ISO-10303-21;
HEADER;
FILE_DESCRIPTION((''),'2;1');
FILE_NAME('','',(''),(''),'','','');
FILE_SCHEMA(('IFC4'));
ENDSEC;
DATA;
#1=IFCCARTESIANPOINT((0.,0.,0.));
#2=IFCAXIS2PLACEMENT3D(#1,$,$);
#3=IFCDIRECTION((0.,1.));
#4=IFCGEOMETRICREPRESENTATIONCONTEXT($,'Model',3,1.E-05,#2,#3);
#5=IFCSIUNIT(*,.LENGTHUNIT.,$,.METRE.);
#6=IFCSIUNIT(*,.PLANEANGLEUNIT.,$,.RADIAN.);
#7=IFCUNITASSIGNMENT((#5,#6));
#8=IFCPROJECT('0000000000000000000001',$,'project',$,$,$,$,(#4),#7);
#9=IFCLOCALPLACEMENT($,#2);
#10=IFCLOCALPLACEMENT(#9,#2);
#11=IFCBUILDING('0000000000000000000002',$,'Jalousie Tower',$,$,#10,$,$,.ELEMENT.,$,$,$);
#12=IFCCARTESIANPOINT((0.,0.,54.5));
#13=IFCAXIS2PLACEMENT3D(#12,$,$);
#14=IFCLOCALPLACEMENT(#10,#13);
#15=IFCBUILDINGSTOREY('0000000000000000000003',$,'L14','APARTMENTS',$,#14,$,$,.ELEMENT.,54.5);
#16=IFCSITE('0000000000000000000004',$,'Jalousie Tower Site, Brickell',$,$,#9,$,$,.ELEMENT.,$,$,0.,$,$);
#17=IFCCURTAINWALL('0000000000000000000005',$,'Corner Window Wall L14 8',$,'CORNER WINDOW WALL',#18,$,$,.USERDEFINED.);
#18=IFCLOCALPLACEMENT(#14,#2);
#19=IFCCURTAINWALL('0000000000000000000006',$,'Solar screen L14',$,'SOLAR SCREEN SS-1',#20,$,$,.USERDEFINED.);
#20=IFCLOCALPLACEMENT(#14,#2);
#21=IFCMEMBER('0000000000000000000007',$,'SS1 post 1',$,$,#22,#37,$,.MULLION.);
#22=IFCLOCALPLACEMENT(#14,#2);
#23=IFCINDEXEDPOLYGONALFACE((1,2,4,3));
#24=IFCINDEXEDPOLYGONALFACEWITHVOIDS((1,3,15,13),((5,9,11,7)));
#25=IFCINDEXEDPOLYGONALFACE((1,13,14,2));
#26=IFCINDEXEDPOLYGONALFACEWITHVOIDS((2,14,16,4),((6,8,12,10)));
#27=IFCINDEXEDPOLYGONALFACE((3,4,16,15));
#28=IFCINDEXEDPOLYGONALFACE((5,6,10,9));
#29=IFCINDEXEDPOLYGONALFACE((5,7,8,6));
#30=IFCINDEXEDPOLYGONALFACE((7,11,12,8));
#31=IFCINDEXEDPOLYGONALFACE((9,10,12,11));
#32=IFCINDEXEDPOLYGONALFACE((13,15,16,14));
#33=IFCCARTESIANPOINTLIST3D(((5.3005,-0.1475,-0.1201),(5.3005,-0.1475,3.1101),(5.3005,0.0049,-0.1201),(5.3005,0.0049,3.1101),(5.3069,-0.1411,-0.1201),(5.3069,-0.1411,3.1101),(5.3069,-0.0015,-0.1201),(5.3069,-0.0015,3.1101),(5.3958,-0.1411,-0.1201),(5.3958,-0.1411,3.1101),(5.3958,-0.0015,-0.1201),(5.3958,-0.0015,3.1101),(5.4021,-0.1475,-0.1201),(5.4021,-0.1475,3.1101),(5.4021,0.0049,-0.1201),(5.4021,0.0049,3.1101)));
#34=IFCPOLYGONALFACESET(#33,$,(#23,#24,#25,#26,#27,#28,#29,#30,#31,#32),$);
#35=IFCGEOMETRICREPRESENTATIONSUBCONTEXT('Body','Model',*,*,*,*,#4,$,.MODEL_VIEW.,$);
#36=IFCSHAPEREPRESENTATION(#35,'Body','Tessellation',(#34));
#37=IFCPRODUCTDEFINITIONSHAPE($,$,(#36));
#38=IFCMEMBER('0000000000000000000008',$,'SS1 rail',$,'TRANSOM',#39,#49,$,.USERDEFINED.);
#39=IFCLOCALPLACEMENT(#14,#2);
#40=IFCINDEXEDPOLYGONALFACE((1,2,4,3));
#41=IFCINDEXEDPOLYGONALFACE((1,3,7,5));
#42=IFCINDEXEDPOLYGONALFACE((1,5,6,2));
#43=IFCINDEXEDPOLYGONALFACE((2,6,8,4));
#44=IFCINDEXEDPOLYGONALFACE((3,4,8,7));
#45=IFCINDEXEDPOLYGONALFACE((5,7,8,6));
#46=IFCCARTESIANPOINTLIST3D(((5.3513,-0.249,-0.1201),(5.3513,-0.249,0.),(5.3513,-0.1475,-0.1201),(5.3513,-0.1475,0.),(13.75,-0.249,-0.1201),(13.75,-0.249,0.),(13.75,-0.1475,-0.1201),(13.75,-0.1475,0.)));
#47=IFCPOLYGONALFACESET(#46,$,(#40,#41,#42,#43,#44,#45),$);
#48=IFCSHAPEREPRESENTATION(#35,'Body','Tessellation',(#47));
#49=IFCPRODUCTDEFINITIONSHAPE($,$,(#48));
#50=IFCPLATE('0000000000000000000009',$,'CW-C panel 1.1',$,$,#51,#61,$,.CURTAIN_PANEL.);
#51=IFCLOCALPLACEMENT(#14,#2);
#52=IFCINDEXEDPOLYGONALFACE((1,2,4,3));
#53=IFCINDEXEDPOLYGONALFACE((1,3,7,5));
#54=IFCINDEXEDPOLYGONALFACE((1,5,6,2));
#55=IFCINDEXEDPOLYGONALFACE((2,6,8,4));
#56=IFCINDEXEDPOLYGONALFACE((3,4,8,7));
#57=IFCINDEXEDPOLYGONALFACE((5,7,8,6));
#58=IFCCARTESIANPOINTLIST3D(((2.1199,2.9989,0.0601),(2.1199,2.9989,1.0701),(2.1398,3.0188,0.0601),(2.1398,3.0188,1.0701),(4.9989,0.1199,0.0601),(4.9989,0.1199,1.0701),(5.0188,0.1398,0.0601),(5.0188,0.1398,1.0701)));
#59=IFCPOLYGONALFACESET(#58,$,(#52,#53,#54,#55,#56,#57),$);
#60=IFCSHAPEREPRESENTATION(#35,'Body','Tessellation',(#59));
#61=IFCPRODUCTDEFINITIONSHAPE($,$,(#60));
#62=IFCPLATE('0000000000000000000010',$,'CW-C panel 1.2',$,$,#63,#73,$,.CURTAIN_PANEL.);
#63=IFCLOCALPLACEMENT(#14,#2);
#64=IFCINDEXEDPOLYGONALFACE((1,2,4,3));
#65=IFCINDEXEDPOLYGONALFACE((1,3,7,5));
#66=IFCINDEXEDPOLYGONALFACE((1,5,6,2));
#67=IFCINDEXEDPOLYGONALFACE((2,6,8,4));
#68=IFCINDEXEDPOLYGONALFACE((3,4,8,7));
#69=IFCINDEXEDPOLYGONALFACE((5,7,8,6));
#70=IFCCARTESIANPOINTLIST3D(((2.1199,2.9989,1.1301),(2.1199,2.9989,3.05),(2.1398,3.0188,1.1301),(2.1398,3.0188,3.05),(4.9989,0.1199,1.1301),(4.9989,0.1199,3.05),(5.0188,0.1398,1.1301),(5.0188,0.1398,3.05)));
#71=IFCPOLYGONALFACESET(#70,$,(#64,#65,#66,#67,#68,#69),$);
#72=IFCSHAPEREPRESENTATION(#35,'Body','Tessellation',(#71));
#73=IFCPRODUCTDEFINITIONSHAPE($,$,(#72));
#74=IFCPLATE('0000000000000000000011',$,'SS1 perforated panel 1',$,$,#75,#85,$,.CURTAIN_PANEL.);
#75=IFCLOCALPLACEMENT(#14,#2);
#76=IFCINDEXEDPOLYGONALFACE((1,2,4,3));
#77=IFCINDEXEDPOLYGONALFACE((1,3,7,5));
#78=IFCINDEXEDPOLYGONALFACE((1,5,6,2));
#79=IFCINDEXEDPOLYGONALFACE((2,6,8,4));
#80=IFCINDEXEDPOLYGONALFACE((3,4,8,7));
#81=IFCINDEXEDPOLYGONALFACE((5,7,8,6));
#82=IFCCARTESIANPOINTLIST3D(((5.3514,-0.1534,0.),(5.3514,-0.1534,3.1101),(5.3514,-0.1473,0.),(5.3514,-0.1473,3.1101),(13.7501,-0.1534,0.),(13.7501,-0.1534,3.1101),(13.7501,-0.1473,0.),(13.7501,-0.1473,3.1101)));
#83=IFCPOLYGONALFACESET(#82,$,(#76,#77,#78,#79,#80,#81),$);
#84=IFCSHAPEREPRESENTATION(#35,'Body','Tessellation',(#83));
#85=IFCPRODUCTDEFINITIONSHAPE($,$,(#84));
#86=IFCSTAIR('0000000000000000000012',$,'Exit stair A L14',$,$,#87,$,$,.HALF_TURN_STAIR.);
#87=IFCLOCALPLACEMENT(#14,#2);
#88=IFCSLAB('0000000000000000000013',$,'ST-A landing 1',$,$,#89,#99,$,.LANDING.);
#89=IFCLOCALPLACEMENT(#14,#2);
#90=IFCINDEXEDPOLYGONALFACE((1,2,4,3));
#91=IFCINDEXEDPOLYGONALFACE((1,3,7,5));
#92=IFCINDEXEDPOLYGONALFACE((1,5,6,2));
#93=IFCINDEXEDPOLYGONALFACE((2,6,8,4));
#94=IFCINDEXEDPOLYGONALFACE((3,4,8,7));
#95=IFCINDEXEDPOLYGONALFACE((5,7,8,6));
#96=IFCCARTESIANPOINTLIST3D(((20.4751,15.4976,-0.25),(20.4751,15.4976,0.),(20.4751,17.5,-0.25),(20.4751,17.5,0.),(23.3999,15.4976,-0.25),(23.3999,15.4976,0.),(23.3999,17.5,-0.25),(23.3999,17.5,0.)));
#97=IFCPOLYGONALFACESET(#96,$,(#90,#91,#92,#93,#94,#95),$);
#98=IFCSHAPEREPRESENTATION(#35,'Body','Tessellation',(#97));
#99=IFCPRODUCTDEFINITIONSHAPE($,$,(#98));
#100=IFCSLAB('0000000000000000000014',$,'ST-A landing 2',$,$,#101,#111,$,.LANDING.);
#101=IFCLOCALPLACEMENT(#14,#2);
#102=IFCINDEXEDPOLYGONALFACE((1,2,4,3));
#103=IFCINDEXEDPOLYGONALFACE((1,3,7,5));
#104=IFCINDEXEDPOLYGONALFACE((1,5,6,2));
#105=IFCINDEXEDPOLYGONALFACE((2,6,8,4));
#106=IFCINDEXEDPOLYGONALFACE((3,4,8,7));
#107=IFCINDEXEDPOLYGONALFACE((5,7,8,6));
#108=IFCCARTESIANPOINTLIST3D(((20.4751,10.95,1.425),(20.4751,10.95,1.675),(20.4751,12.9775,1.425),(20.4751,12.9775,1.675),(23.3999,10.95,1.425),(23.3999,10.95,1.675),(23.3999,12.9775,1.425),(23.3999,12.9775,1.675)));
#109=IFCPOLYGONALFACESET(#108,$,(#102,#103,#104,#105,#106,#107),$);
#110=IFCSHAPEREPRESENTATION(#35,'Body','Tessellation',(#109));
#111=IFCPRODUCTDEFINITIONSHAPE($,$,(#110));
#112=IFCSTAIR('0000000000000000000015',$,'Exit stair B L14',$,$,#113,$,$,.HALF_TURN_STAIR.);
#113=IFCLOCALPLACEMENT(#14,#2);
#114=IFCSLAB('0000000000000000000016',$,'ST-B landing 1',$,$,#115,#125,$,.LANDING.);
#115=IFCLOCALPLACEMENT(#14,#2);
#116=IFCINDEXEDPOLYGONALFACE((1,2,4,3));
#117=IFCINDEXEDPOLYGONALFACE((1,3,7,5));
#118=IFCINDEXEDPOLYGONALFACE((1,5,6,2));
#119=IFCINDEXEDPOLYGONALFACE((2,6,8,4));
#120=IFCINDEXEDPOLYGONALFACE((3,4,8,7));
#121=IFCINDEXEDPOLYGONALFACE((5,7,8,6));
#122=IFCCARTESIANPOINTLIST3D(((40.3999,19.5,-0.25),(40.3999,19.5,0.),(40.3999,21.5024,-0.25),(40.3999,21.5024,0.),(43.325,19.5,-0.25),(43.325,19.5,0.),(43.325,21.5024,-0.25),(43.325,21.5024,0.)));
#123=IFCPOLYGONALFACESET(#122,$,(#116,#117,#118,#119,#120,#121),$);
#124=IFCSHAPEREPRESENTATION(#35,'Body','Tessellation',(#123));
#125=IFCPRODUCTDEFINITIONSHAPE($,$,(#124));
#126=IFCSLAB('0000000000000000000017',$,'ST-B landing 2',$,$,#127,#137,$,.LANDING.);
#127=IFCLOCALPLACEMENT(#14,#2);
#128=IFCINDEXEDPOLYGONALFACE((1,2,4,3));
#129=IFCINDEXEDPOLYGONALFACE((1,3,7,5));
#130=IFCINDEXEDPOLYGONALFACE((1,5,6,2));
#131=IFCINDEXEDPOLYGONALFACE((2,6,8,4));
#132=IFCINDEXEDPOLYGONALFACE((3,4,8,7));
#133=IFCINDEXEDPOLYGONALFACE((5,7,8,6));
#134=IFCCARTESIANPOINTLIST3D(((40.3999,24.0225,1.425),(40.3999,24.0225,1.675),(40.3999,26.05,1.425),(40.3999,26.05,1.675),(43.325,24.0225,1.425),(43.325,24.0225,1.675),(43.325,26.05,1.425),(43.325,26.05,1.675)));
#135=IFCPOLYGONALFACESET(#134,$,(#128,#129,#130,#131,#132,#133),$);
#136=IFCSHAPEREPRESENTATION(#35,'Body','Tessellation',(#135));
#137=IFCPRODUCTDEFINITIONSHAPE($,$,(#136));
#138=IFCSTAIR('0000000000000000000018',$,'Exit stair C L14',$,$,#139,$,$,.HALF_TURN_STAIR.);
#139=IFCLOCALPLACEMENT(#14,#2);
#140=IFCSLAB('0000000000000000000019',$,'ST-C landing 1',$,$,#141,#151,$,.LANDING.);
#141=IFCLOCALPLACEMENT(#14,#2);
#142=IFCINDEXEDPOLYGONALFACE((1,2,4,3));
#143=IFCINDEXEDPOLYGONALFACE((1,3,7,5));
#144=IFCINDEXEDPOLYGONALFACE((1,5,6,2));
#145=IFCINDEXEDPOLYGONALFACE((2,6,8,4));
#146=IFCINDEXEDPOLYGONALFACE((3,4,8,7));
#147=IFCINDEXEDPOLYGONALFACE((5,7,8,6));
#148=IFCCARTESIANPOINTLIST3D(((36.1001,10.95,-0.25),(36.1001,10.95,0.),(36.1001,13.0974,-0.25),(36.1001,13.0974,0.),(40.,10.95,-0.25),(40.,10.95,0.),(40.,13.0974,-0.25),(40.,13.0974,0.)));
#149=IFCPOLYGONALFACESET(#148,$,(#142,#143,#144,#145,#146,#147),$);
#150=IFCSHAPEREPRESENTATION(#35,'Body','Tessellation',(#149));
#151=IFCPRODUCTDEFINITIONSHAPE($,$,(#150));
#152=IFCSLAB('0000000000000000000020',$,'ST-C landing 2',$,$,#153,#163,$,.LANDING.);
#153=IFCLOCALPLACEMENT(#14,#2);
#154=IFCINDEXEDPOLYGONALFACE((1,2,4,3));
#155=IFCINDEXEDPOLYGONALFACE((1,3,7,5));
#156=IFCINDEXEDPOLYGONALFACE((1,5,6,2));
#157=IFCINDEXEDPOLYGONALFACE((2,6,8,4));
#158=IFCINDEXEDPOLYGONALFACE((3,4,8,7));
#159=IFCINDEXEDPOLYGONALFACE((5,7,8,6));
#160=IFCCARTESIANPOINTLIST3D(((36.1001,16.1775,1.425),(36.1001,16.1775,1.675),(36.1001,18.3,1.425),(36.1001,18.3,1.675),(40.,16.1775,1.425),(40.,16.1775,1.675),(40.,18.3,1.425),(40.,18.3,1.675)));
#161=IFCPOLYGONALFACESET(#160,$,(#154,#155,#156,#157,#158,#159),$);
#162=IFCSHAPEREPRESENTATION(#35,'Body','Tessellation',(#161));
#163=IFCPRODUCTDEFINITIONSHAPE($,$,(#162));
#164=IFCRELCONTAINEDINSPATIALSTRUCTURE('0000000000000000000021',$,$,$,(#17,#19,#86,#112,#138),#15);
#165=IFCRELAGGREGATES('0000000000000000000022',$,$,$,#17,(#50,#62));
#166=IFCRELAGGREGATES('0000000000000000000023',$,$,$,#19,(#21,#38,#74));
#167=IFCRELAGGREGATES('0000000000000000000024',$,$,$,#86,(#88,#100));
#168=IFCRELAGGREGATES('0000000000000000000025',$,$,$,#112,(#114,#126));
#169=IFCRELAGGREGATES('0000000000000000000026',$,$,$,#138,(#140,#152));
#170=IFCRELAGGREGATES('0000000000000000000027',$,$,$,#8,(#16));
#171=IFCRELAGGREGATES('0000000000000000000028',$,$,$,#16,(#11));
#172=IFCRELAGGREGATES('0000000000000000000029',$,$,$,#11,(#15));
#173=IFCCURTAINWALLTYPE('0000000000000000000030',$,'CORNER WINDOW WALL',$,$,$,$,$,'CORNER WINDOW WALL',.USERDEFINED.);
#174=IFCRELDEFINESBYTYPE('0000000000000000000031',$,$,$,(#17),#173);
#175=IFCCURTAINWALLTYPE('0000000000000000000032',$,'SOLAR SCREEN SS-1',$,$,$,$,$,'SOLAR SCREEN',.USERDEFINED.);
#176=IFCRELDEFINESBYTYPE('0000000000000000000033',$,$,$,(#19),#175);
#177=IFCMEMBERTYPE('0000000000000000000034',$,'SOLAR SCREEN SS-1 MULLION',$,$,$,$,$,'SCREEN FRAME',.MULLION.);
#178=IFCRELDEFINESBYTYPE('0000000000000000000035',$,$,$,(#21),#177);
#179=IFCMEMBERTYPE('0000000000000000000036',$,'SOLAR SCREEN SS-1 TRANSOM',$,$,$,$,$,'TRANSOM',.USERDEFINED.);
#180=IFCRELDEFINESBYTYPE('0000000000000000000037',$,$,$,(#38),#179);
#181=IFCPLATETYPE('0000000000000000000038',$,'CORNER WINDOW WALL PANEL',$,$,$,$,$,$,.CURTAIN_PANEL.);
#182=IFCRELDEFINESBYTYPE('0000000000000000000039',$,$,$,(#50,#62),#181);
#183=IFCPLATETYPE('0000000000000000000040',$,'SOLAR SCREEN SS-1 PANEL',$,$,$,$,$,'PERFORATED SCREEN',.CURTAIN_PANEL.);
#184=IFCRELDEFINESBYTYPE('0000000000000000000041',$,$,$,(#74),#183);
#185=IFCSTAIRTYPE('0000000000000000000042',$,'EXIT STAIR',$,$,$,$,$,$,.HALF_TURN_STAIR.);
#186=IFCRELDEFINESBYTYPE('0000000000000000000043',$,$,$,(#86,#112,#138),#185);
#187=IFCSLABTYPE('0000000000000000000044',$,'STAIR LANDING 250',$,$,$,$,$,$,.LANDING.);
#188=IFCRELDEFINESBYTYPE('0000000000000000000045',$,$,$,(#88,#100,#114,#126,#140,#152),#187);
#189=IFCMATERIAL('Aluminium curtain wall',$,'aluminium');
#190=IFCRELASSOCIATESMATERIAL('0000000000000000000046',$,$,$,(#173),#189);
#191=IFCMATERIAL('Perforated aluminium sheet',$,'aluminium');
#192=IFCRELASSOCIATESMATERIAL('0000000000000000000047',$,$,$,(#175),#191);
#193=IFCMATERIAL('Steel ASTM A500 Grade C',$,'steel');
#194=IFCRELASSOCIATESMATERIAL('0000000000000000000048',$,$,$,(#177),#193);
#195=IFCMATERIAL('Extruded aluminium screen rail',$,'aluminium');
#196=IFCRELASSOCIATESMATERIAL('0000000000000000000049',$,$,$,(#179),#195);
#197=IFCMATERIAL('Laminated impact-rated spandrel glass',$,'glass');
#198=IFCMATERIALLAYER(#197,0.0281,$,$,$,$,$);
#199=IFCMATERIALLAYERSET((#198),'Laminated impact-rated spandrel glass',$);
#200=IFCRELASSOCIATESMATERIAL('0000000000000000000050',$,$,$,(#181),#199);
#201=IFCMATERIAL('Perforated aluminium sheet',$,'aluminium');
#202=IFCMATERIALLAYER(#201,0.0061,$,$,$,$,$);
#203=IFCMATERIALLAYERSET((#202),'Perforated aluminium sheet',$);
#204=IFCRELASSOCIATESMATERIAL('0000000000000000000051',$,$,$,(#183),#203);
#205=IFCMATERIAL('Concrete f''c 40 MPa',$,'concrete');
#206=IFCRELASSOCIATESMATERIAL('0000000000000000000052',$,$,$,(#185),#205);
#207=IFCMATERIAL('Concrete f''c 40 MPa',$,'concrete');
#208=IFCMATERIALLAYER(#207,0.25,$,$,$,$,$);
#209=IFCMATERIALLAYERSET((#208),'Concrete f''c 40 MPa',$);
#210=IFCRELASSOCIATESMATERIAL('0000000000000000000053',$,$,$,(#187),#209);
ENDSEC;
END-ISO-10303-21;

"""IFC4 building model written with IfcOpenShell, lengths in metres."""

from ifc_helpers import new_model, si_unit, direction, frame, origin, origin_2d, place, context, subcontext, project, spatial, polyline, rectangle, hollow_rectangle, outline, extrude, material, layer, layer_set, material_profile, profile_set, type_object, element, aggregate, save


model = new_model("IFC4")

# Units and contexts
model_context = context("Model", 3, precision=1e-05, world=origin(), true_north=direction((0.0, 1.0)))
body_context = subcontext(model_context, "Body", "Model", "MODEL_VIEW")
ifc_project = project(units=[si_unit("LENGTHUNIT", "METRE"), si_unit("PLANEANGLEUNIT", "RADIAN")], contexts=[model_context])

# Site, building, storey
site_placement = place(None, origin())
site = spatial("IfcSite", under=ifc_project, at=site_placement, Name="Jalousie Tower Site, Brickell", CompositionType="ELEMENT", RefElevation=0.0)
building_placement = place(site_placement, origin())
building = spatial("IfcBuilding", under=site, at=building_placement, Name="Jalousie Tower", CompositionType="ELEMENT")
storey_placement = place(building_placement, frame((0.0, 0.0, 54.5)))
storey = spatial("IfcBuildingStorey", under=building, at=storey_placement, Name="L14", Description="APARTMENTS", CompositionType="ELEMENT", Elevation=54.5)

# Curtain wall
ifc_material_1 = material(Name="Aluminium curtain wall", Category="aluminium")
curtain_wall_type_1 = type_object("IfcCurtainWallType", Name="CORNER WINDOW WALL", ElementType="CORNER WINDOW WALL", PredefinedType="USERDEFINED", material=ifc_material_1)
curtain_wall_1_placement = place(storey_placement, origin())
curtain_wall_1 = element("IfcCurtainWall", 1, at=curtain_wall_1_placement, inside=storey, type_object=curtain_wall_type_1, Name="Corner Window Wall L14 8", ObjectType="CORNER WINDOW WALL", PredefinedType="USERDEFINED")

# Curtain wall, members
ifc_material_2 = material(Name="Perforated aluminium sheet", Category="aluminium")
curtain_wall_type_2 = type_object("IfcCurtainWallType", Name="SOLAR SCREEN SS-1", ElementType="SOLAR SCREEN", PredefinedType="USERDEFINED", material=ifc_material_2)
curtain_wall_2_placement = place(storey_placement, origin())
curtain_wall_2 = element("IfcCurtainWall", 2, at=curtain_wall_2_placement, inside=storey, type_object=curtain_wall_type_2, Name="Solar screen L14", ObjectType="SOLAR SCREEN SS-1", PredefinedType="USERDEFINED")
ifc_material_3 = material(Name="Steel ASTM A500 Grade C", Category="steel")
ifc_material_profile_1 = material_profile(ifc_material_3, hollow_rectangle(XDim=0.1016, YDim=0.1523, WallThickness=0.0063, at=origin_2d()), Name="HSS6X4X1/4")
ifc_profile_set_1 = profile_set([ifc_material_profile_1], Name="Steel ASTM A500 Grade C")
member_type_1 = type_object("IfcMemberType", Name="SOLAR SCREEN SS-1 MULLION", ElementType="SCREEN FRAME", PredefinedType="MULLION", material=ifc_profile_set_1)
member_1_placement = place(storey_placement, frame((5.3513, -0.0713, -0.1201), z_axis=(0.0, 0.0, 1.0), x_axis=(1.0, 0.0, 0.0)))
member_1 = element("IfcMember", 3, at=member_1_placement, type_object=member_type_1, Name="SS1 post 1", PredefinedType="MULLION", context=body_context, shape_type="SweptSolid", body=[
    extrude(hollow_rectangle(XDim=0.1016, YDim=0.1523, WallThickness=0.0063, at=origin_2d()), origin(), (0.0, 0.0, 1.0), 3.2302),
])
ifc_material_4 = material(Name="Extruded aluminium screen rail", Category="aluminium")
ifc_material_profile_2 = material_profile(ifc_material_4, rectangle(XDim=0.1016, YDim=0.1201, at=origin_2d()), Name="RAIL 102x120")
ifc_profile_set_2 = profile_set([ifc_material_profile_2], Name="Extruded aluminium screen rail")
member_type_2 = type_object("IfcMemberType", Name="SOLAR SCREEN SS-1 TRANSOM", ElementType="TRANSOM", PredefinedType="USERDEFINED", material=ifc_profile_set_2)
member_2_placement = place(storey_placement, frame((5.3513, -0.1982, -0.0601), z_axis=(1.0, 0.0, 0.0), x_axis=(0.0, 1.0, 0.0)))
member_2 = element("IfcMember", 4, at=member_2_placement, type_object=member_type_2, Name="SS1 rail", ObjectType="TRANSOM", PredefinedType="USERDEFINED", context=body_context, shape_type="SweptSolid", body=[
    extrude(rectangle(XDim=0.1016, YDim=0.1201, at=origin_2d()), origin(), (0.0, 0.0, 1.0), 8.3987),
])

# Plates
ifc_material_5 = material(Name="Laminated impact-rated spandrel glass", Category="glass")
ifc_layer_1 = layer(ifc_material_5, 0.0281)
ifc_layer_set_1 = layer_set([ifc_layer_1], Name="Laminated impact-rated spandrel glass")
plate_type_1 = type_object("IfcPlateType", Name="CORNER WINDOW WALL PANEL", PredefinedType="CURTAIN_PANEL", material=ifc_layer_set_1)
plate_1_placement = place(storey_placement, frame((3.5693, 1.5693, 0.0601), z_axis=(0.0, 0.0, 1.0), x_axis=(0.707107, -0.707107, 0.0)))
plate_1 = element("IfcPlate", 5, at=plate_1_placement, type_object=plate_type_1, Name="CW-C panel 1.1", PredefinedType="CURTAIN_PANEL", context=body_context, shape_type="SweptSolid", body=[
    extrude(rectangle(XDim=4.0715, YDim=0.0281, at=origin_2d()), origin(), (0.0, 0.0, 1.0), 1.01),
])
plate_2_placement = place(storey_placement, frame((3.5693, 1.5693, 1.1301), z_axis=(0.0, 0.0, 1.0), x_axis=(0.707107, -0.707107, 0.0)))
plate_2 = element("IfcPlate", 6, at=plate_2_placement, type_object=plate_type_1, Name="CW-C panel 1.2", PredefinedType="CURTAIN_PANEL", context=body_context, shape_type="SweptSolid", body=[
    extrude(rectangle(XDim=4.0715, YDim=0.0281, at=origin_2d()), origin(), (0.0, 0.0, 1.0), 1.9199),
])
aggregate(curtain_wall_1, [plate_1, plate_2])

# Plate
ifc_material_6 = material(Name="Perforated aluminium sheet", Category="aluminium")
ifc_layer_2 = layer(ifc_material_6, 0.0061)
ifc_layer_set_2 = layer_set([ifc_layer_2], Name="Perforated aluminium sheet")
plate_type_2 = type_object("IfcPlateType", Name="SOLAR SCREEN SS-1 PANEL", ElementType="PERFORATED SCREEN", PredefinedType="CURTAIN_PANEL", material=ifc_layer_set_2)
plate_3_placement = place(storey_placement, frame((9.5508, -0.1504, 0.0), z_axis=(0.0, 0.0, 1.0), x_axis=(1.0, 0.0, 0.0)))
plate_3 = element("IfcPlate", 7, at=plate_3_placement, type_object=plate_type_2, Name="SS1 perforated panel 1", PredefinedType="CURTAIN_PANEL", context=body_context, shape_type="SweptSolid", body=[
    extrude(rectangle(XDim=8.3987, YDim=0.0061, at=origin_2d()), origin(), (0.0, 0.0, 1.0), 3.1101),
])
aggregate(curtain_wall_2, [member_1, member_2, plate_3])

# Stairs, slabs
ifc_material_7 = material(Name="Concrete f'c 40 MPa", Category="concrete")
stair_type = type_object("IfcStairType", Name="EXIT STAIR", PredefinedType="HALF_TURN_STAIR", material=ifc_material_7)
stair_1_placement = place(storey_placement, origin())
stair_1 = element("IfcStair", 8, at=stair_1_placement, inside=storey, type_object=stair_type, Name="Exit stair A L14", PredefinedType="HALF_TURN_STAIR")
ifc_material_8 = material(Name="Concrete f'c 40 MPa", Category="concrete")
ifc_layer_3 = layer(ifc_material_8, 0.25)
ifc_layer_set_3 = layer_set([ifc_layer_3], Name="Concrete f'c 40 MPa")
slab_type_1 = type_object("IfcSlabType", Name="STAIR LANDING 250", PredefinedType="LANDING", material=ifc_layer_set_3)
slab_1_placement = place(storey_placement, frame((0.0, 0.0, -0.25)))
slab_1 = element("IfcSlab", 9, at=slab_1_placement, type_object=slab_type_1, Name="ST-A landing 1", PredefinedType="LANDING", context=body_context, shape_type="SweptSolid", body=[
    extrude(outline(polyline([(20.4751, 15.4976), (23.3999, 15.4976), (23.3999, 17.5), (20.4751, 17.5), (20.4751, 15.4976)])), origin(), (0.0, 0.0, 1.0), 0.25),
])
slab_2_placement = place(storey_placement, frame((0.0, 0.0, 1.425)))
slab_2 = element("IfcSlab", 10, at=slab_2_placement, type_object=slab_type_1, Name="ST-A landing 2", PredefinedType="LANDING", context=body_context, shape_type="SweptSolid", body=[
    extrude(outline(polyline([(20.4751, 10.95), (23.3999, 10.95), (23.3999, 12.9775), (20.4751, 12.9775), (20.4751, 10.95)])), origin(), (0.0, 0.0, 1.0), 0.25),
])
aggregate(stair_1, [slab_1, slab_2])
stair_2_placement = place(storey_placement, origin())
stair_2 = element("IfcStair", 11, at=stair_2_placement, inside=storey, type_object=stair_type, Name="Exit stair B L14", PredefinedType="HALF_TURN_STAIR")
slab_3_placement = place(storey_placement, frame((0.0, 0.0, -0.25)))
slab_3 = element("IfcSlab", 12, at=slab_3_placement, type_object=slab_type_1, Name="ST-B landing 1", PredefinedType="LANDING", context=body_context, shape_type="SweptSolid", body=[
    extrude(outline(polyline([(40.3999, 19.5), (43.325, 19.5), (43.325, 21.5024), (40.3999, 21.5024), (40.3999, 19.5)])), origin(), (0.0, 0.0, 1.0), 0.25),
])
slab_4_placement = place(storey_placement, frame((0.0, 0.0, 1.425)))
slab_4 = element("IfcSlab", 13, at=slab_4_placement, type_object=slab_type_1, Name="ST-B landing 2", PredefinedType="LANDING", context=body_context, shape_type="SweptSolid", body=[
    extrude(outline(polyline([(40.3999, 24.0225), (43.325, 24.0225), (43.325, 26.05), (40.3999, 26.05), (40.3999, 24.0225)])), origin(), (0.0, 0.0, 1.0), 0.25),
])
aggregate(stair_2, [slab_3, slab_4])
stair_3_placement = place(storey_placement, origin())
stair_3 = element("IfcStair", 14, at=stair_3_placement, inside=storey, type_object=stair_type, Name="Exit stair C L14", PredefinedType="HALF_TURN_STAIR")
slab_5_placement = place(storey_placement, frame((0.0, 0.0, -0.25)))
slab_5 = element("IfcSlab", 15, at=slab_5_placement, type_object=slab_type_1, Name="ST-C landing 1", PredefinedType="LANDING", context=body_context, shape_type="SweptSolid", body=[
    extrude(outline(polyline([(36.1001, 10.95), (40.0, 10.95), (40.0, 13.0974), (36.1001, 13.0974), (36.1001, 10.95)])), origin(), (0.0, 0.0, 1.0), 0.25),
])
slab_6_placement = place(storey_placement, frame((0.0, 0.0, 1.425)))
slab_6 = element("IfcSlab", 16, at=slab_6_placement, type_object=slab_type_1, Name="ST-C landing 2", PredefinedType="LANDING", context=body_context, shape_type="SweptSolid", body=[
    extrude(outline(polyline([(36.1001, 16.1775), (40.0, 16.1775), (40.0, 18.3), (36.1001, 18.3), (36.1001, 16.1775)])), origin(), (0.0, 0.0, 1.0), 0.25),
])
aggregate(stair_3, [slab_5, slab_6])

save(model, "model.ifc")
